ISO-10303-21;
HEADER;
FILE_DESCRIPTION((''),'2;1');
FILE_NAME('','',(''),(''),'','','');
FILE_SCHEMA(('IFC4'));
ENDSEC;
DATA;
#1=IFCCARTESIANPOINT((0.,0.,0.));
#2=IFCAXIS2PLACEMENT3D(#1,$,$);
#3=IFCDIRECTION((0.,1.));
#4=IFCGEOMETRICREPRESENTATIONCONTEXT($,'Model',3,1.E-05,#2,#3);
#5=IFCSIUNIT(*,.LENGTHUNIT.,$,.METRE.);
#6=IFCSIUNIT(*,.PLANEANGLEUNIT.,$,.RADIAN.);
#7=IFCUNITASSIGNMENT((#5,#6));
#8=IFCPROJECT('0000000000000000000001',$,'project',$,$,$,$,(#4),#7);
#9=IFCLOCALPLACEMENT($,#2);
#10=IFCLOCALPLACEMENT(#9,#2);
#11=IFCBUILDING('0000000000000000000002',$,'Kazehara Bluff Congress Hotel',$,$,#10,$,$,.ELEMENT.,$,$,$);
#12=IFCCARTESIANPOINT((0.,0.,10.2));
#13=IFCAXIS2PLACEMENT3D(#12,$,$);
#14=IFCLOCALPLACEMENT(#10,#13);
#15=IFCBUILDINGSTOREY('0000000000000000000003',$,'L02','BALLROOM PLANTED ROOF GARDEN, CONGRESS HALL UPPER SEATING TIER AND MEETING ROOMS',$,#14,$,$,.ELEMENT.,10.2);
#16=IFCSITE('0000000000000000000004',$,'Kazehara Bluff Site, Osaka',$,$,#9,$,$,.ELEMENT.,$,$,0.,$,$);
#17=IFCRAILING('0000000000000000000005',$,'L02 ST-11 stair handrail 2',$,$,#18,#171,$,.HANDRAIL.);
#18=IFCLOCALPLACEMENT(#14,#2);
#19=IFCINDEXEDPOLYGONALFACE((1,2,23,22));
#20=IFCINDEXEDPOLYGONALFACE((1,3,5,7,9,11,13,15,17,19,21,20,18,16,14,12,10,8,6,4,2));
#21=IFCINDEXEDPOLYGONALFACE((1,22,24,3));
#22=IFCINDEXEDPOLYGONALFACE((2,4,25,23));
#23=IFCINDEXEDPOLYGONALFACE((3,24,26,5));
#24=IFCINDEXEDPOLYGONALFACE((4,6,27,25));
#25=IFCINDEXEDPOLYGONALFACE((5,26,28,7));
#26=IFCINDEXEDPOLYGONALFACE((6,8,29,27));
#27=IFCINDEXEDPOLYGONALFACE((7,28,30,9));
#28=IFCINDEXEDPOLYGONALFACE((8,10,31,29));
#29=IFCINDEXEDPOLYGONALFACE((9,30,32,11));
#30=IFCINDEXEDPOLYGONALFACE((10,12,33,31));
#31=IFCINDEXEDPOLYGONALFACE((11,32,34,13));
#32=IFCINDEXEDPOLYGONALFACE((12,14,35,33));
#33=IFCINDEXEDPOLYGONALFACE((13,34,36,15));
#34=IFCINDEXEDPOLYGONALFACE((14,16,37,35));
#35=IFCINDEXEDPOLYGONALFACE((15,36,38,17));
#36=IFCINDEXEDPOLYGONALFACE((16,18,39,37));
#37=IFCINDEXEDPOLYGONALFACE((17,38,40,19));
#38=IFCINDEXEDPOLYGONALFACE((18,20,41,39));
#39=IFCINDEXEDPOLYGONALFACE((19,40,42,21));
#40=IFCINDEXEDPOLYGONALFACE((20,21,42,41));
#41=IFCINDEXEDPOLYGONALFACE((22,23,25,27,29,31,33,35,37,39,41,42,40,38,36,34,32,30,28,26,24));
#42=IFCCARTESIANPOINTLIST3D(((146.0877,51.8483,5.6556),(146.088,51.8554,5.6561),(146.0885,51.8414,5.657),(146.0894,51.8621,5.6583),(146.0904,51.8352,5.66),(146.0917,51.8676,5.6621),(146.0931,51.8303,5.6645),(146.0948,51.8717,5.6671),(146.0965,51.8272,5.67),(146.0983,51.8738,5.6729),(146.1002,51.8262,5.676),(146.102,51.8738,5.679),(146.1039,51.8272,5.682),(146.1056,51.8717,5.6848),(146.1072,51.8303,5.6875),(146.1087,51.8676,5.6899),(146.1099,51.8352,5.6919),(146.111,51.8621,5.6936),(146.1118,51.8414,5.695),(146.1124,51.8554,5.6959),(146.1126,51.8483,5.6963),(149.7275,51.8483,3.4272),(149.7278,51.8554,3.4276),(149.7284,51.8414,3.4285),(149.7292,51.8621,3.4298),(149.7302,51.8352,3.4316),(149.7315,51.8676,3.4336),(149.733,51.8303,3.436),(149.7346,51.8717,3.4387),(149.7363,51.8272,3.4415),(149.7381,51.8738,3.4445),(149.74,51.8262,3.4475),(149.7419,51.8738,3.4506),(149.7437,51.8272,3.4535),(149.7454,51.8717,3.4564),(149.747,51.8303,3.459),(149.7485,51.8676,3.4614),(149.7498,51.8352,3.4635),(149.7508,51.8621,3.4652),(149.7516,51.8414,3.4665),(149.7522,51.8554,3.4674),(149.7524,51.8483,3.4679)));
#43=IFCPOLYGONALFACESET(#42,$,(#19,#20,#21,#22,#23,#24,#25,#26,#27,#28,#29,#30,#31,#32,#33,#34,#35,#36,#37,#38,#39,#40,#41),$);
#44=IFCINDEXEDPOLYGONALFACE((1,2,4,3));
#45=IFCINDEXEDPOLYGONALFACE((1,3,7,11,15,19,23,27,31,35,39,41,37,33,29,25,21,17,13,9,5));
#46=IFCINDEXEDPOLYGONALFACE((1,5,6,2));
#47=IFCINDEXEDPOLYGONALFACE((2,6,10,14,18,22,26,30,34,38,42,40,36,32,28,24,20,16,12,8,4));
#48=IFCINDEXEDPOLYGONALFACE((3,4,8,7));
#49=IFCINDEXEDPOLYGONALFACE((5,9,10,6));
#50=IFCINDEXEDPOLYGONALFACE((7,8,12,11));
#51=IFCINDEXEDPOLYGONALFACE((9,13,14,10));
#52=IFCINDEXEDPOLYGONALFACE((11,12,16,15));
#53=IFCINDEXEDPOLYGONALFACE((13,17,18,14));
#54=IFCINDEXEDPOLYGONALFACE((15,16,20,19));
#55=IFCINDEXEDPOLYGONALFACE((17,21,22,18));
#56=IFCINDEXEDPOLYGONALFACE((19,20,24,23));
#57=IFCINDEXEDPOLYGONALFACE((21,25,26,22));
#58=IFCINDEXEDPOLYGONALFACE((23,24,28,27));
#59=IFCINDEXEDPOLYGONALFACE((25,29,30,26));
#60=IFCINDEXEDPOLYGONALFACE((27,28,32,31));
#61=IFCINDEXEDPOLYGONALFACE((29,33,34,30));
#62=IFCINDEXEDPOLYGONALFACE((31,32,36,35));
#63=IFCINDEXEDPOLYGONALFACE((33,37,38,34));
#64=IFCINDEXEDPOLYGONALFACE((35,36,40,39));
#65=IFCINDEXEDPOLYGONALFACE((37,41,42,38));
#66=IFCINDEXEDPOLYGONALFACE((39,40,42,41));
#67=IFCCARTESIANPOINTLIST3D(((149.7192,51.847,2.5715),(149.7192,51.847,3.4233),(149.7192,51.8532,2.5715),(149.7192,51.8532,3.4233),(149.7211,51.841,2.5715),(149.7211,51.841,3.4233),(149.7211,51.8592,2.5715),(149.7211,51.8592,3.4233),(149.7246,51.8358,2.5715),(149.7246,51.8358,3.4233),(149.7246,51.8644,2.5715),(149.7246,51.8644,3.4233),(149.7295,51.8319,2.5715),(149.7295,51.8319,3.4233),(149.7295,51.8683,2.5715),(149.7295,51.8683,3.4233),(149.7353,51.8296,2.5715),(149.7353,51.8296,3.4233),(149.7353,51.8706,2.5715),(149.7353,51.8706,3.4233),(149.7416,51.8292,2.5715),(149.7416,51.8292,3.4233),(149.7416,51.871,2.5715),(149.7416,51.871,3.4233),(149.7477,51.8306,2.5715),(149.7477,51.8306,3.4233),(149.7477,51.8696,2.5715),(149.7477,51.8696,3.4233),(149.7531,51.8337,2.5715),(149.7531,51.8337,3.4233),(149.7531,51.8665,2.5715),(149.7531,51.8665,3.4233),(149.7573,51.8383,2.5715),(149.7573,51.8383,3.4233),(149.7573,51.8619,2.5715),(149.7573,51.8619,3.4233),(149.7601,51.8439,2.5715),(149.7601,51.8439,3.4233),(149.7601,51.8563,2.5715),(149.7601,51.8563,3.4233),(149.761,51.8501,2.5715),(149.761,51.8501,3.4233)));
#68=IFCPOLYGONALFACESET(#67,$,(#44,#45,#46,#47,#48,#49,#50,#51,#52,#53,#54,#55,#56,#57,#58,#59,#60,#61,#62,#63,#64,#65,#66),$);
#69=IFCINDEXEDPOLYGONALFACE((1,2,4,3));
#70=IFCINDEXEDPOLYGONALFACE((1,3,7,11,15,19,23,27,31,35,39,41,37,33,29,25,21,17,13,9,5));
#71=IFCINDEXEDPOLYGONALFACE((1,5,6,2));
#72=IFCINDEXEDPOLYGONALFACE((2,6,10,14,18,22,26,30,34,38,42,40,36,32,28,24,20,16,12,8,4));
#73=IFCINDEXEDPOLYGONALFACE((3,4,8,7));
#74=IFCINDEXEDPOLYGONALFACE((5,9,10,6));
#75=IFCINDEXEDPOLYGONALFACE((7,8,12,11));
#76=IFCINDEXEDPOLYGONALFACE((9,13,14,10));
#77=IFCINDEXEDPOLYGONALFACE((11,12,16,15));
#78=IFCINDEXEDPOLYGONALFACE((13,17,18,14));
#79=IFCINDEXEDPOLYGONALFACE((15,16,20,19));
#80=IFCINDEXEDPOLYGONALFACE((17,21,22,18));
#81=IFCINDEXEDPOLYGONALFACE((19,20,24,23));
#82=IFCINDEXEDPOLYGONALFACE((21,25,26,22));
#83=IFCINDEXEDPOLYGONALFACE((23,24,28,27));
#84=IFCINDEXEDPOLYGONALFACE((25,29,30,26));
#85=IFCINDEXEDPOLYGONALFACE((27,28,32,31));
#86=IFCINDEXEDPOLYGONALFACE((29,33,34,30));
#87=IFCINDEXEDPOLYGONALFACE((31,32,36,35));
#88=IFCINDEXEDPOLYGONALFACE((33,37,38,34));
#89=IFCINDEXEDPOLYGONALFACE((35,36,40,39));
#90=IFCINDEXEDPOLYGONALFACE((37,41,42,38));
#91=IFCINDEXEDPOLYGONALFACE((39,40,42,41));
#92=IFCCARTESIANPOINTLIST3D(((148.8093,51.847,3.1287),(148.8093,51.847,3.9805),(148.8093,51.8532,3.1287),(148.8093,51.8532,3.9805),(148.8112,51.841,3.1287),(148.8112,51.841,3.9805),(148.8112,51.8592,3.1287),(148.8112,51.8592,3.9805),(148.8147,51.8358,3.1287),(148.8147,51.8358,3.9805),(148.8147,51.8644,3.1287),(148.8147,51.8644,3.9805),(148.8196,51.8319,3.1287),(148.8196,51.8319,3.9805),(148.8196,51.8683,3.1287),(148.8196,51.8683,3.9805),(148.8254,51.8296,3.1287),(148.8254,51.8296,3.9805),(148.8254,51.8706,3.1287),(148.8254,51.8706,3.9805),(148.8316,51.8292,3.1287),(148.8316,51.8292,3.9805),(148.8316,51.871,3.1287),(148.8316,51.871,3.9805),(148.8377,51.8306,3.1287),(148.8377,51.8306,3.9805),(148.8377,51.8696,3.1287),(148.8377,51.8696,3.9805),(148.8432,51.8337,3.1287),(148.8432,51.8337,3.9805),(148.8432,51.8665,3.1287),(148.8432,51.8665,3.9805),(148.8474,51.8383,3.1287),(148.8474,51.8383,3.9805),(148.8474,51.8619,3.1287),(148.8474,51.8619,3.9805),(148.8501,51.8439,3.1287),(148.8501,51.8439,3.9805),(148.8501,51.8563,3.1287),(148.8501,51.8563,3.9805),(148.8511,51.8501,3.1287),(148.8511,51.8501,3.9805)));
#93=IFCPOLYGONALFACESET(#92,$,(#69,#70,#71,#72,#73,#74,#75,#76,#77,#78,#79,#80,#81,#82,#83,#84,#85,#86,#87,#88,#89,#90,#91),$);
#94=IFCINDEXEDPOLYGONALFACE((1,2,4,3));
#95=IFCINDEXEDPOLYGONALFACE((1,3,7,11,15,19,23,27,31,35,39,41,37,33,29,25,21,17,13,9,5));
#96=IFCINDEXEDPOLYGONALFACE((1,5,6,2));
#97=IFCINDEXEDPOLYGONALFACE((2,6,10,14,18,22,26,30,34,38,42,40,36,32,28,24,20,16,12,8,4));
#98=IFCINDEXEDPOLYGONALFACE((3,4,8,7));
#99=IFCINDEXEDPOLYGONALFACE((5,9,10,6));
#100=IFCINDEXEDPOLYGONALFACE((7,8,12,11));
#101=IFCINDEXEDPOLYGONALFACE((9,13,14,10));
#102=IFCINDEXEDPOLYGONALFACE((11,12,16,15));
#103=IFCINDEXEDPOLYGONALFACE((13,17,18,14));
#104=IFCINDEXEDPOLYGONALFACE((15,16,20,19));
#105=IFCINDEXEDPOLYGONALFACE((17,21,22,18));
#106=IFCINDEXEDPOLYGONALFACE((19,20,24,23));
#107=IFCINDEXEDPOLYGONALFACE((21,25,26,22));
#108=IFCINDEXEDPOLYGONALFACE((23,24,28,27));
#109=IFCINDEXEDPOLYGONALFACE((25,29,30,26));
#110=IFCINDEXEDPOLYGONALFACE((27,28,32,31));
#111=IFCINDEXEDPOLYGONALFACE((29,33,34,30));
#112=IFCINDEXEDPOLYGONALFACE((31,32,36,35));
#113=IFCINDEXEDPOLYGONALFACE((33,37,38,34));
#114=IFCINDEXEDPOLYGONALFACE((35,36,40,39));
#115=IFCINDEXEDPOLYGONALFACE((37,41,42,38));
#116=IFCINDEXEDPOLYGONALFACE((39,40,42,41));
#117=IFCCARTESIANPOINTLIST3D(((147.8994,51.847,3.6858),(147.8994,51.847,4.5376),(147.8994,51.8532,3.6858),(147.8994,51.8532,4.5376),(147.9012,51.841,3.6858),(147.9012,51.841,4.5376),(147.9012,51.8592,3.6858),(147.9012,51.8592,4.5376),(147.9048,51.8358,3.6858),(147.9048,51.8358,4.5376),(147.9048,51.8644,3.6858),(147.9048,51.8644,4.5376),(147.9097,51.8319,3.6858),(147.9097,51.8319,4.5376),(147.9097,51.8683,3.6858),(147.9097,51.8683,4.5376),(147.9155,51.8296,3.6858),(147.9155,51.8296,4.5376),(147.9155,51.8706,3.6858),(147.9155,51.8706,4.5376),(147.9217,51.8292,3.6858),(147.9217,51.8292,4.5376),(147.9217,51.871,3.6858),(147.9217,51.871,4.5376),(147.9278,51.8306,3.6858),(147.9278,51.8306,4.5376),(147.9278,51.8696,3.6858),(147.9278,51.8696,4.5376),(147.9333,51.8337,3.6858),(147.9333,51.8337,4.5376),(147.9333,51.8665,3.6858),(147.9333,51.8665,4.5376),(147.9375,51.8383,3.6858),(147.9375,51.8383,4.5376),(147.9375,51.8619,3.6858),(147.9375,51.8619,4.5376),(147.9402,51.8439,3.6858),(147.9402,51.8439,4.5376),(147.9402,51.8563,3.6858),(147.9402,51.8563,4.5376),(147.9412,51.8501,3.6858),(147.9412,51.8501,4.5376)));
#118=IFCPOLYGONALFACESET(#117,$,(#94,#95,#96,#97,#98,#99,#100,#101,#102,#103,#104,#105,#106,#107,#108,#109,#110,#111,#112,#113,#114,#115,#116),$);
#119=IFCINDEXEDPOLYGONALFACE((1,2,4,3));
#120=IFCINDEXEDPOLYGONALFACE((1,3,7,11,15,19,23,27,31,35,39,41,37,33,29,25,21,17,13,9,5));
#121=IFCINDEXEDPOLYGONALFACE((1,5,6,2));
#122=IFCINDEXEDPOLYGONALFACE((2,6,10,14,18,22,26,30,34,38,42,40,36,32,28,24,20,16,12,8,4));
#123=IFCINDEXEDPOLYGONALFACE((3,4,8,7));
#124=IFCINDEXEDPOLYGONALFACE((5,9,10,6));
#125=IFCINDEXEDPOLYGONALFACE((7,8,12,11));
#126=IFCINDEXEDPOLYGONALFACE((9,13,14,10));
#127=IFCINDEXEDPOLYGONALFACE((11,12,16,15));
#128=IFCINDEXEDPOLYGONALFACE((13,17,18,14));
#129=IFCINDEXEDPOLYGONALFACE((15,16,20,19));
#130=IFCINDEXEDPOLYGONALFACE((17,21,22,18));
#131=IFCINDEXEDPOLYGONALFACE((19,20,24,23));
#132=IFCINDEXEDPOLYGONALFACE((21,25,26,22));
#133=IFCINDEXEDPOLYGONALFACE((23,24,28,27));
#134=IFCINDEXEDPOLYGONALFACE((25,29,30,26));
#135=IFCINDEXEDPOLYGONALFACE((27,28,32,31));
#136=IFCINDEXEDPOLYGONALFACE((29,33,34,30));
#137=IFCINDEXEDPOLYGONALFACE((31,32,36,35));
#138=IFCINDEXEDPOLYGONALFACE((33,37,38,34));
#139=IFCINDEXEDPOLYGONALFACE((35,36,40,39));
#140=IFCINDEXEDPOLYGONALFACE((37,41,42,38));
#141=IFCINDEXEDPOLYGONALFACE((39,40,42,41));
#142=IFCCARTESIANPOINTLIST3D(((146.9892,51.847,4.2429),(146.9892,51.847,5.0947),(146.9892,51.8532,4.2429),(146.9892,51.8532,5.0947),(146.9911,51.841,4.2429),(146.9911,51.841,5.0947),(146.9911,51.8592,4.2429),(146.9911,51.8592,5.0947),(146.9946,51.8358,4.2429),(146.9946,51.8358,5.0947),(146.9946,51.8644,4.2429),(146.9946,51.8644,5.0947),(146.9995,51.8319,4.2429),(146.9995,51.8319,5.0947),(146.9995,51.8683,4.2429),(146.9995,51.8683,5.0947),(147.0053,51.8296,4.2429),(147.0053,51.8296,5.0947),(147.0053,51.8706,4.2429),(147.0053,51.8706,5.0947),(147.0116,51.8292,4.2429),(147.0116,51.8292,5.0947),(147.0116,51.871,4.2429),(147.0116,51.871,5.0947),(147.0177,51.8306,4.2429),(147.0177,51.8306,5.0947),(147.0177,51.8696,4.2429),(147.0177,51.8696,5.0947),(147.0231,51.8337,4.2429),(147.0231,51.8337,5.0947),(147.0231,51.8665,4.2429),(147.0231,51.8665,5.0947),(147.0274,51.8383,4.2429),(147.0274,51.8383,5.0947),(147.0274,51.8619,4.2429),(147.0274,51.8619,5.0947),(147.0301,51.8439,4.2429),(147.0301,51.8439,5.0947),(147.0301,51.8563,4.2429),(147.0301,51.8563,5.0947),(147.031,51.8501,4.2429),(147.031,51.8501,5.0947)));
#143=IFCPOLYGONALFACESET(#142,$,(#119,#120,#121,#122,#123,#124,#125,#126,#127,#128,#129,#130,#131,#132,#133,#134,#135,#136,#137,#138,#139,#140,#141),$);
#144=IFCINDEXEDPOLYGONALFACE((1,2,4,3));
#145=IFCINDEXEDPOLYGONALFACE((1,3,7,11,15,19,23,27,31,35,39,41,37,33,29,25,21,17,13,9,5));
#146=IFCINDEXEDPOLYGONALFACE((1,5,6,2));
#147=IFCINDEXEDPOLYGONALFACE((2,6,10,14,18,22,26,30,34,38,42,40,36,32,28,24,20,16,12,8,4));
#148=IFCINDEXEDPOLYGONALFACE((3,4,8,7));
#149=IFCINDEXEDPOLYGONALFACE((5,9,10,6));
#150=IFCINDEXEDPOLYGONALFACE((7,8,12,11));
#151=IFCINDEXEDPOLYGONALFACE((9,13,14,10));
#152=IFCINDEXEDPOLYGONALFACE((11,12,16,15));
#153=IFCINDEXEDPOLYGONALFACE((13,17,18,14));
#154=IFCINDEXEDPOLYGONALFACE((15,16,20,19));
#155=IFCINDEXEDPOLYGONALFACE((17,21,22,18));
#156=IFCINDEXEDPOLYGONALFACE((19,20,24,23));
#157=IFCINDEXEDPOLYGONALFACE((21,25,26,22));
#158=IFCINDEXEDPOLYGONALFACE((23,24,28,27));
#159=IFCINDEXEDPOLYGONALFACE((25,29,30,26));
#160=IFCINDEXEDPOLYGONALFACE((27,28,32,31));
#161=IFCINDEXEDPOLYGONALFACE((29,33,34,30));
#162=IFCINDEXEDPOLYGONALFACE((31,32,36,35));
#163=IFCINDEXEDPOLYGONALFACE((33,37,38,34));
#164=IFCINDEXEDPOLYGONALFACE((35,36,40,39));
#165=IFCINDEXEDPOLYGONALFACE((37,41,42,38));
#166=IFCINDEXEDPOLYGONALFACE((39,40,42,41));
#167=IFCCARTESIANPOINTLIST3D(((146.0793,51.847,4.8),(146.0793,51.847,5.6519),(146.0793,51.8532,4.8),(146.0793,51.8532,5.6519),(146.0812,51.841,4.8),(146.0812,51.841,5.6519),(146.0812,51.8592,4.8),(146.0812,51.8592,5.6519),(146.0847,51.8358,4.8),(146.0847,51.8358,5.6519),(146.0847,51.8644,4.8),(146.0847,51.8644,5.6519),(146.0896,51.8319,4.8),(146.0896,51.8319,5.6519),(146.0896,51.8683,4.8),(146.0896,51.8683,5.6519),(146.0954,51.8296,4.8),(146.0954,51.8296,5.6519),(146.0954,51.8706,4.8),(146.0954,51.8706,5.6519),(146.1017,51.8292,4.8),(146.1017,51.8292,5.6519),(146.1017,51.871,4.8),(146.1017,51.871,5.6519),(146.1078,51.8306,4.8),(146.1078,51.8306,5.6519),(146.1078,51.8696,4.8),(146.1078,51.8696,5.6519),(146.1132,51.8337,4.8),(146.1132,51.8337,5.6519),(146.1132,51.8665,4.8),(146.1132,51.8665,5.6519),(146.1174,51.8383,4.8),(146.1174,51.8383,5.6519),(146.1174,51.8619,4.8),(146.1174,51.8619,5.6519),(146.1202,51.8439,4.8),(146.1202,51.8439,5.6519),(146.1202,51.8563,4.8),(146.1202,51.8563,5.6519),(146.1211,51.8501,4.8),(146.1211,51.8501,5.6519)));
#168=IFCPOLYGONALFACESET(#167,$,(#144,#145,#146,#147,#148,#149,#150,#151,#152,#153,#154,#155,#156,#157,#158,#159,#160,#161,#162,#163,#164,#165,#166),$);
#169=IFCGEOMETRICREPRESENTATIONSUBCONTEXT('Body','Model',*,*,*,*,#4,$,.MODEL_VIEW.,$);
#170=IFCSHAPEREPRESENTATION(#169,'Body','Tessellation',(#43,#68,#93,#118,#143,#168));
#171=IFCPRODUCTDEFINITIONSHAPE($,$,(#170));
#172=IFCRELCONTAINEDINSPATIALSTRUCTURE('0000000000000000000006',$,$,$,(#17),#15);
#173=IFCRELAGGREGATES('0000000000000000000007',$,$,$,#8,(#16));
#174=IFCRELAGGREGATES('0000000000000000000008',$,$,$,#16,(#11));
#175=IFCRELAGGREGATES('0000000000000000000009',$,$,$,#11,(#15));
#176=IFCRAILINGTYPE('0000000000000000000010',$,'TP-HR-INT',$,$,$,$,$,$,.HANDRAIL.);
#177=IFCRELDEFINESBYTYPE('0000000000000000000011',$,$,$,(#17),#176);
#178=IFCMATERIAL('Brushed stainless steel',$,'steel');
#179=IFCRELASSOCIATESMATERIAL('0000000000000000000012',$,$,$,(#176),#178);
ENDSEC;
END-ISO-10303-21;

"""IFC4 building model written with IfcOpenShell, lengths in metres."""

from ifc_helpers import new_model, si_unit, direction, frame, origin, origin_2d, place, context, subcontext, project, spatial, circle, extrude, material, type_object, element, save


model = new_model("IFC4")

# Units and contexts
model_context = context("Model", 3, precision=1e-05, world=origin(), true_north=direction((0.0, 1.0)))
body_context = subcontext(model_context, "Body", "Model", "MODEL_VIEW")
ifc_project = project(units=[si_unit("LENGTHUNIT", "METRE"), si_unit("PLANEANGLEUNIT", "RADIAN")], contexts=[model_context])

# Site, building, storey
site_placement = place(None, origin())
site = spatial("IfcSite", under=ifc_project, at=site_placement, Name="Kazehara Bluff Site, Osaka", CompositionType="ELEMENT", RefElevation=0.0)
building_placement = place(site_placement, origin())
building = spatial("IfcBuilding", under=site, at=building_placement, Name="Kazehara Bluff Congress Hotel", CompositionType="ELEMENT")
storey_placement = place(building_placement, frame((0.0, 0.0, 10.2)))
storey = spatial("IfcBuildingStorey", under=building, at=storey_placement, Name="L02", Description="BALLROOM PLANTED ROOF GARDEN, CONGRESS HALL UPPER SEATING TIER AND MEETING ROOMS", CompositionType="ELEMENT", Elevation=10.2)

# Railing
ifc_material_1 = material(Name="Brushed stainless steel", Category="steel")
railing_type_1 = type_object("IfcRailingType", Name="TP-HR-INT", PredefinedType="HANDRAIL", material=ifc_material_1)
railing_1_placement = place(storey_placement, frame((149.74, 51.8501, 2.5715)))
element("IfcRailing", 1, at=railing_1_placement, inside=storey, type_object=railing_type_1, Name="L02 ST-11 stair handrail 2", PredefinedType="HANDRAIL", context=body_context, shape_type="SweptSolid", body=[
    extrude(circle(Radius=0.0239, at=origin_2d()), frame((0.0, 0.0, 0.876), z_axis=(-0.85285, 0.0, 0.522156), x_axis=(0.0, -1.0, 0.0)), (0.0, 0.0, 1.0), 4.2678),
    extrude(circle(Radius=0.021, at=origin_2d()), origin(), (0.0, 0.0, 1.0), 0.8518),
    extrude(circle(Radius=0.021, at=origin_2d()), frame((-0.9099, 0.0, 0.5571)), (0.0, 0.0, 1.0), 0.8518),
    extrude(circle(Radius=0.021, at=origin_2d()), frame((-1.8198, 0.0, 1.1143)), (0.0, 0.0, 1.0), 0.8518),
    extrude(circle(Radius=0.021, at=origin_2d()), frame((-2.73, 0.0, 1.6714)), (0.0, 0.0, 1.0), 0.8518),
    extrude(circle(Radius=0.021, at=origin_2d()), frame((-3.6399, 0.0, 2.2285)), (0.0, 0.0, 1.0), 0.8518),
])

save(model, "model.ifc")
